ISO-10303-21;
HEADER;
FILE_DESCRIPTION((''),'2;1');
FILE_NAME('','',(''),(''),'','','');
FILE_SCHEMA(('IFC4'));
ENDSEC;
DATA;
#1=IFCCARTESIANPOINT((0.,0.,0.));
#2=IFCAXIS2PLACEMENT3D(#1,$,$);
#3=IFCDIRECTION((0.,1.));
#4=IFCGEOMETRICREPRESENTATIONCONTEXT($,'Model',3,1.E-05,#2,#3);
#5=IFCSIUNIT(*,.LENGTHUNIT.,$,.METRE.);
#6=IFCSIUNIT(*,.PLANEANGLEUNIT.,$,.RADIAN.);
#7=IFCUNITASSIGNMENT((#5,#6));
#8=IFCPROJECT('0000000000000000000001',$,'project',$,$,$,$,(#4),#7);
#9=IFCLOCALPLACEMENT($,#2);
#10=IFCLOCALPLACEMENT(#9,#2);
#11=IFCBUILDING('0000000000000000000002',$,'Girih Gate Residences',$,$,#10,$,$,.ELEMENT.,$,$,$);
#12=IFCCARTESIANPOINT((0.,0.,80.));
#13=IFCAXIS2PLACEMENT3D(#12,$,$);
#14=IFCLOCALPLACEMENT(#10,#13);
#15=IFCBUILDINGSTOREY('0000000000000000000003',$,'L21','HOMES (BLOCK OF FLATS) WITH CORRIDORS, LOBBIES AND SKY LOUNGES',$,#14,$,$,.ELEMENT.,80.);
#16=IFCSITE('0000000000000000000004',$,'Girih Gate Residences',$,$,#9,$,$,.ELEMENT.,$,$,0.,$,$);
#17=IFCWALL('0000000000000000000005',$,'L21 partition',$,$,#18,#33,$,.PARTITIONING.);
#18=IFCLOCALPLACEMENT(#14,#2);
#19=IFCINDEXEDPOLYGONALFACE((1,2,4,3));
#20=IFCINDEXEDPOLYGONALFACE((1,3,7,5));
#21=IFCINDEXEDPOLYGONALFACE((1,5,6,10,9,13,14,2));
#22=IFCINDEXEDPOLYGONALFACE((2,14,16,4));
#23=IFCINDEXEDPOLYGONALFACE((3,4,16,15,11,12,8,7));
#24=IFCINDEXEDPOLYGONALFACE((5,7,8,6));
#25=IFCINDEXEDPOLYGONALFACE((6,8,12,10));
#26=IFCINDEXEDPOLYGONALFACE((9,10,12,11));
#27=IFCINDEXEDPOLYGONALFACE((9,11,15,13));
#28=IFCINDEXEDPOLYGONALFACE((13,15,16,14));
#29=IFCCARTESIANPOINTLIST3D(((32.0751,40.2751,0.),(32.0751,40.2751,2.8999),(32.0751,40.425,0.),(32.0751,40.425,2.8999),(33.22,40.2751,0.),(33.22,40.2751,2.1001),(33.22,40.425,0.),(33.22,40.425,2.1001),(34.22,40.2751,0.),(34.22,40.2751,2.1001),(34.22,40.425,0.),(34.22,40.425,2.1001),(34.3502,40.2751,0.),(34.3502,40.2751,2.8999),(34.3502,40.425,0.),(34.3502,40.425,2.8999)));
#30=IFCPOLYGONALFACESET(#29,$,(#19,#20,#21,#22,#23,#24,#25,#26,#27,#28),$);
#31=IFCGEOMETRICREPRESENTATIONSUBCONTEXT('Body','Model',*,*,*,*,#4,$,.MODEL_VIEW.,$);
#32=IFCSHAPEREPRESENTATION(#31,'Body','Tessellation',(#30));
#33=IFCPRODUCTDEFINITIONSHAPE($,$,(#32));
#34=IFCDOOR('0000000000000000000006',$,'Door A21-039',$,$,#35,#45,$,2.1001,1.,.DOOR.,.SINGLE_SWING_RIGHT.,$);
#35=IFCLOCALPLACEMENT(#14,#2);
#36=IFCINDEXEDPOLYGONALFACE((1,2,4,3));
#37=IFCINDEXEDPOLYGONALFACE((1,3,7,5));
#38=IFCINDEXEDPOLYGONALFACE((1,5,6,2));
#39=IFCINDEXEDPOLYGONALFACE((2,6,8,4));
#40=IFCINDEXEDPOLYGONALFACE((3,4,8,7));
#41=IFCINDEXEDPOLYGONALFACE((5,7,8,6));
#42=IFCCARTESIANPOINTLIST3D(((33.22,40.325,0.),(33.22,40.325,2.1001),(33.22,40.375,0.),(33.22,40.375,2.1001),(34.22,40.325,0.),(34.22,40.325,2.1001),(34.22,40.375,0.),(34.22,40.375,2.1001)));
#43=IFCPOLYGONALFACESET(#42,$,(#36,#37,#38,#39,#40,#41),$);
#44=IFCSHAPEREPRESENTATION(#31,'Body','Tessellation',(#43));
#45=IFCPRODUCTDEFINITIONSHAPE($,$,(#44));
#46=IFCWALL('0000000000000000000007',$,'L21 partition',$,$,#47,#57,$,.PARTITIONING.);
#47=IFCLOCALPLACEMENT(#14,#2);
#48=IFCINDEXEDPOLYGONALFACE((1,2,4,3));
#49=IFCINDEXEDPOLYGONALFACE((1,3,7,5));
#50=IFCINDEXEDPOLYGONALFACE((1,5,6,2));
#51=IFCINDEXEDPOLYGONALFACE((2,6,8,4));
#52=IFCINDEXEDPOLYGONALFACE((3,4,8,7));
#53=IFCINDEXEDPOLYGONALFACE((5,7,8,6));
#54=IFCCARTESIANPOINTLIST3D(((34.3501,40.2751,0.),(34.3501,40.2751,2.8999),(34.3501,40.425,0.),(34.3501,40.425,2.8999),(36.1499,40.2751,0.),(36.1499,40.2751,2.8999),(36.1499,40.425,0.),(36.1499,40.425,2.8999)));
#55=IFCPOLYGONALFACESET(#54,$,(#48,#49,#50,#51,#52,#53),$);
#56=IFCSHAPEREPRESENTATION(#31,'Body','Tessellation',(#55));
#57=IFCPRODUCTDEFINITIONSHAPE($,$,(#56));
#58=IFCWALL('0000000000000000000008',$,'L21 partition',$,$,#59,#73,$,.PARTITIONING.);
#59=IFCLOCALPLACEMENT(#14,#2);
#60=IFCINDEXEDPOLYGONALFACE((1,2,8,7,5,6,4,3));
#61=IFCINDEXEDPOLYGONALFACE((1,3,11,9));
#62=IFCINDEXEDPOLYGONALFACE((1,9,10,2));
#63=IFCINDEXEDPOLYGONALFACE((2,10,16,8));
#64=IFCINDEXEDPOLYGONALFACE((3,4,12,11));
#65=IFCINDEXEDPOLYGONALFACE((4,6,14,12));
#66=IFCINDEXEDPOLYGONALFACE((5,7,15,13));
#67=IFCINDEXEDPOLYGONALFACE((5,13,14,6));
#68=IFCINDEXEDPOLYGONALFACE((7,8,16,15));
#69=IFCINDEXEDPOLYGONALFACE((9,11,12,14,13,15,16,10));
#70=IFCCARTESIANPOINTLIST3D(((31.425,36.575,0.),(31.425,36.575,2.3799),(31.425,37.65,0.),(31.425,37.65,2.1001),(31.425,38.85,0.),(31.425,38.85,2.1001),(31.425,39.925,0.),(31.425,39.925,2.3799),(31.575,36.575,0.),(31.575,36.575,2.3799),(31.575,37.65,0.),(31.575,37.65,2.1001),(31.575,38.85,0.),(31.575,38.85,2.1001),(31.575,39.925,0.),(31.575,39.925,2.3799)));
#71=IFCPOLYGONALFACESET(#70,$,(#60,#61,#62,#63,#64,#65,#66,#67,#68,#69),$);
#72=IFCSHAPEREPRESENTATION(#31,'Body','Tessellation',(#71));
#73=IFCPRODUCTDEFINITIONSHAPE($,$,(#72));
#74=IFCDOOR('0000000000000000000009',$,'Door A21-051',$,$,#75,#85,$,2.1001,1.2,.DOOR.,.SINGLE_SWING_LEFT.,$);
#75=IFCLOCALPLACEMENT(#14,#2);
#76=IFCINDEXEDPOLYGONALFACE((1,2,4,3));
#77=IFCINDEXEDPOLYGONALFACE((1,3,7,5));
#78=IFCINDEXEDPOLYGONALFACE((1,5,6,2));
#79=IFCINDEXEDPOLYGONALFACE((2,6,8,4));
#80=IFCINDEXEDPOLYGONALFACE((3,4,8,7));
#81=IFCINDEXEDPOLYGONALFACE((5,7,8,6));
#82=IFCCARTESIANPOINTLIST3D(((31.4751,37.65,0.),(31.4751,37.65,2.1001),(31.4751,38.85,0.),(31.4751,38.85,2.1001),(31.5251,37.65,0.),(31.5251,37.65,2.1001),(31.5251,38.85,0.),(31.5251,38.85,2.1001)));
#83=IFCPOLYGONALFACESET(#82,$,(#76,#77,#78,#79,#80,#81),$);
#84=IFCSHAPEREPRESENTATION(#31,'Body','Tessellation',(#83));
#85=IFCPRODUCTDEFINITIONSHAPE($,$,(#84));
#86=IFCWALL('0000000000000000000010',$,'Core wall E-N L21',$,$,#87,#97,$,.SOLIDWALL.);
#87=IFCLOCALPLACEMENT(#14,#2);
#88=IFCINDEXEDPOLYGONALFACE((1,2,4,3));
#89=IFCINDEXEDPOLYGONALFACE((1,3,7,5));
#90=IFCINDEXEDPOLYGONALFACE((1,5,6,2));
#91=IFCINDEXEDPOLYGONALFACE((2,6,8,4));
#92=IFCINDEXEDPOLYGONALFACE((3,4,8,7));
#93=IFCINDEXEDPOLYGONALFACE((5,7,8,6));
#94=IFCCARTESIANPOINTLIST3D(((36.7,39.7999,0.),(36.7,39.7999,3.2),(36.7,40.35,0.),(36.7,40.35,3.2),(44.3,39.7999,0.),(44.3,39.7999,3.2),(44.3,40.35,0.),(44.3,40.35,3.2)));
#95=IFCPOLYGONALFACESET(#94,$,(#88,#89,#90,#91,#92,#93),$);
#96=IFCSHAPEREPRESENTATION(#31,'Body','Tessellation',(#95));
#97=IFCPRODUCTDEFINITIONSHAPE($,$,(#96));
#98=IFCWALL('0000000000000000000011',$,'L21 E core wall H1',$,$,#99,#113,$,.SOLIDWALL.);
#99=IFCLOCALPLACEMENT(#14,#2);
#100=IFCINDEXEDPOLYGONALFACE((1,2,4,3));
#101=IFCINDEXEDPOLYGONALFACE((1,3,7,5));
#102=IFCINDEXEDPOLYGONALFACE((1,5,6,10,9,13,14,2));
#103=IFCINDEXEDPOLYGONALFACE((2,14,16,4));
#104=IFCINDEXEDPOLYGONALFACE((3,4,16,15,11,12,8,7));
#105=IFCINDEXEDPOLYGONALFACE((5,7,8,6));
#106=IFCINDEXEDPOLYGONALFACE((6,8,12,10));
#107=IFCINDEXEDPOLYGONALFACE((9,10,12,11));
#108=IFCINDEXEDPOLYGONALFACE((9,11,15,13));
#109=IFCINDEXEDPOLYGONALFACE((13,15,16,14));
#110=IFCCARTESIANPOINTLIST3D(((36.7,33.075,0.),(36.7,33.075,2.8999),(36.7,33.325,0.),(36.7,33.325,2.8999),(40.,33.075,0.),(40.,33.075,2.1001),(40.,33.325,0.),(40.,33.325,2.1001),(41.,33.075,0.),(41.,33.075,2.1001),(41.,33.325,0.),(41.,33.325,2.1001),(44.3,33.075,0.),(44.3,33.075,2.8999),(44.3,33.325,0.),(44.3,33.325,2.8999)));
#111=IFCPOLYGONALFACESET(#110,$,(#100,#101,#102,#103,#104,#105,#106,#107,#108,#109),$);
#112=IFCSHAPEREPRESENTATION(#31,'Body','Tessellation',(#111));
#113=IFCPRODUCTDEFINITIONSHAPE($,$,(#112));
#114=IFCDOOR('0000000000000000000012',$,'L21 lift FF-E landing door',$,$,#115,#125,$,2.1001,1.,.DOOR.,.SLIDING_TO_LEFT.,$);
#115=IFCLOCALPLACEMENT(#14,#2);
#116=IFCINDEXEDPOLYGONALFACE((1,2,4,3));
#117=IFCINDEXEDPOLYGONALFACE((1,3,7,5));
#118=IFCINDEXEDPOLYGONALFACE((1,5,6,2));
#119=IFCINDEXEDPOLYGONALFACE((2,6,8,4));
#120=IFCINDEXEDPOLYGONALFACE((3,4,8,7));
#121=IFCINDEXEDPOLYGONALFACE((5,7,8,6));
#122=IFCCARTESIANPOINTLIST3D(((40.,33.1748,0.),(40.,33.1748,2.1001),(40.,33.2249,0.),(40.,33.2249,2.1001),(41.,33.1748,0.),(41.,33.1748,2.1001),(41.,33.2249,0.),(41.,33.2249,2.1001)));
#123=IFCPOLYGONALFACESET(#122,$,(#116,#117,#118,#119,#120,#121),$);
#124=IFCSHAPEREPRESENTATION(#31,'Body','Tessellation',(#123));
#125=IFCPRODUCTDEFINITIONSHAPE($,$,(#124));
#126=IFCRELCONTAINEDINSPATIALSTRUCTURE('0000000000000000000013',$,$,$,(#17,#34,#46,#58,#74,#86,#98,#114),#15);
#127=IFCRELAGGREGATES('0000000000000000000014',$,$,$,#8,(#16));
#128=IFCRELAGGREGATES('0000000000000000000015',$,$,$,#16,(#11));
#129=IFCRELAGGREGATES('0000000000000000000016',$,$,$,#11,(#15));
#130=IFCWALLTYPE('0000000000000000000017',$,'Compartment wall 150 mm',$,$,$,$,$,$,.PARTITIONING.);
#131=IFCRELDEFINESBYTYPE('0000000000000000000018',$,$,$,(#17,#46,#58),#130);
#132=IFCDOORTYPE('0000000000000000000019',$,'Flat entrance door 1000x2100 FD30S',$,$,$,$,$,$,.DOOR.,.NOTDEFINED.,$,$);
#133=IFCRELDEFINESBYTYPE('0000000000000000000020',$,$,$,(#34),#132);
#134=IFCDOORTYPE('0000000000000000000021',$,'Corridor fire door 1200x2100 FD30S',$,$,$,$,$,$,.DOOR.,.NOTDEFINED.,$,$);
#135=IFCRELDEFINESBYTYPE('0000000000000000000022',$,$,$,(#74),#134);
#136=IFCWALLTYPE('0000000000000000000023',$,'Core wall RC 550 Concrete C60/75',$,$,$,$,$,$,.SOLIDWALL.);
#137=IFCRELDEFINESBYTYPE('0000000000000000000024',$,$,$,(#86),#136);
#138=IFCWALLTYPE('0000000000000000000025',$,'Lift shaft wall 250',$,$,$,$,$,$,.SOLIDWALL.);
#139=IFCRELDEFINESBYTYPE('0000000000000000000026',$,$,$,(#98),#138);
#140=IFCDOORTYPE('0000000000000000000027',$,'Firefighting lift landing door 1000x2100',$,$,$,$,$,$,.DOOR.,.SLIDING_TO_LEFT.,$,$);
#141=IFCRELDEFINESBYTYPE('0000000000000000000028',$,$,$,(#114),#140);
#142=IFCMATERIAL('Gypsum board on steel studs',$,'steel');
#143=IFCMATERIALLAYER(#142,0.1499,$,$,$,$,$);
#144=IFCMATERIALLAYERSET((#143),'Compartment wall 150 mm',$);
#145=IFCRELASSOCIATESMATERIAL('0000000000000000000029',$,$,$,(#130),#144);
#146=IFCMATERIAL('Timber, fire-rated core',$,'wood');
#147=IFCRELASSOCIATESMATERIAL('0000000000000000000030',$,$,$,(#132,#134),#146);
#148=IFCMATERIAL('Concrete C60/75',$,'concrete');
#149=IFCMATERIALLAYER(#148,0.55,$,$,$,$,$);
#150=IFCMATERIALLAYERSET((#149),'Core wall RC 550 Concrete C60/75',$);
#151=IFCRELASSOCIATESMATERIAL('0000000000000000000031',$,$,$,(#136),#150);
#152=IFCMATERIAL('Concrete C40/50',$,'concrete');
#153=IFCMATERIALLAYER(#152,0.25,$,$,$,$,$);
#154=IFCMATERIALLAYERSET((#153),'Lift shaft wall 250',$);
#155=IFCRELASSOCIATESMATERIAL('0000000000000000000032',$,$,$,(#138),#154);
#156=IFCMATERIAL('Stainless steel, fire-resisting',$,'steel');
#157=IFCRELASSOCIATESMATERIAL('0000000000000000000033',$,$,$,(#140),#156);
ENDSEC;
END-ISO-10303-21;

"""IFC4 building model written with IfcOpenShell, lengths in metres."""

from ifc_helpers import new_model, si_unit, direction, frame, frame_2d, origin, place, context, subcontext, project, spatial, rectangle, extrude, material, layer, layer_set, type_object, element, fill, save


model = new_model("IFC4")

# Units and contexts
model_context = context("Model", 3, precision=1e-05, world=origin(), true_north=direction((0.0, 1.0)))
body_context = subcontext(model_context, "Body", "Model", "MODEL_VIEW")
ifc_project = project(units=[si_unit("LENGTHUNIT", "METRE"), si_unit("PLANEANGLEUNIT", "RADIAN")], contexts=[model_context])

# Site, building, storey
site_placement = place(None, origin())
site = spatial("IfcSite", under=ifc_project, at=site_placement, Name="Girih Gate Residences", CompositionType="ELEMENT", RefElevation=0.0)
building_placement = place(site_placement, origin())
building = spatial("IfcBuilding", under=site, at=building_placement, Name="Girih Gate Residences", CompositionType="ELEMENT")
storey_placement = place(building_placement, frame((0.0, 0.0, 80.0)))
storey = spatial("IfcBuildingStorey", under=building, at=storey_placement, Name="L21", Description="HOMES (BLOCK OF FLATS) WITH CORRIDORS, LOBBIES AND SKY LOUNGES", CompositionType="ELEMENT", Elevation=80.0)

# Wall, opening, door
ifc_material_1 = material(Name="Gypsum board on steel studs", Category="steel")
ifc_layer_1 = layer(ifc_material_1, 0.1499)
ifc_layer_set_1 = layer_set([ifc_layer_1], Name="Compartment wall 150 mm")
wall_type_1 = type_object("IfcWallType", Name="Compartment wall 150 mm", PredefinedType="PARTITIONING", material=ifc_layer_set_1)
wall_1_placement = place(storey_placement, frame((32.075, 40.3501, 0.0), z_axis=(0.0, 0.0, 1.0), x_axis=(1.0, 0.0, 0.0)))
wall_1 = element("IfcWall", 1, at=wall_1_placement, inside=storey, type_object=wall_type_1, Name="L21 partition", PredefinedType="PARTITIONING", context=body_context, shape_type="SweptSolid", body=[
    extrude(rectangle(XDim=2.2751, YDim=0.1499, at=frame_2d((1.1377, 0.0))), origin(), (0.0, 0.0, 1.0), 2.8999),
])
opening_1_placement = place(wall_1_placement, frame((1.145, 0.0, 0.0)))
opening_1 = element("IfcOpeningElement", 2, at=opening_1_placement, cuts=wall_1, PredefinedType="OPENING", context=body_context, shape_type="SweptSolid", body=[
    extrude(rectangle(XDim=1.0, YDim=2.1001, at=frame_2d((0.5, 1.05))), frame((0.0, 0.085, 0.0), z_axis=(0.0, -1.0, 0.0), x_axis=(1.0, 0.0, 0.0)), (0.0, 0.0, 1.0), 0.1699),
])
ifc_material_2 = material(Name="Timber, fire-rated core", Category="wood")
door_type_1 = type_object("IfcDoorType", Name="Flat entrance door 1000x2100 FD30S", OperationType="NOTDEFINED", PredefinedType="DOOR", material=ifc_material_2)
door_1_placement = place(opening_1_placement, origin())
door_1 = element("IfcDoor", 3, at=door_1_placement, inside=storey, type_object=door_type_1, Name="Door A21-039", OperationType="SINGLE_SWING_RIGHT", OverallHeight=2.1001, OverallWidth=1.0, PredefinedType="DOOR", context=body_context, shape_type="SweptSolid", body=[
    extrude(rectangle(XDim=1.0, YDim=2.1001, at=frame_2d((0.5, 1.05))), frame((0.0, 0.0249, 0.0), z_axis=(0.0, -1.0, 0.0), x_axis=(1.0, 0.0, 0.0)), (0.0, 0.0, 1.0), 0.05),
])
fill(opening_1, door_1)

# Wall
wall_2_placement = place(storey_placement, frame((34.3501, 40.3501, 0.0), z_axis=(0.0, 0.0, 1.0), x_axis=(1.0, 0.0, 0.0)))
element("IfcWall", 4, at=wall_2_placement, inside=storey, type_object=wall_type_1, Name="L21 partition", PredefinedType="PARTITIONING", context=body_context, shape_type="SweptSolid", body=[
    extrude(rectangle(XDim=1.7998, YDim=0.1499, at=frame_2d((0.8999, 0.0))), origin(), (0.0, 0.0, 1.0), 2.8999),
])

# Wall, opening, door
wall_3_placement = place(storey_placement, frame((31.5, 36.575, 0.0), z_axis=(0.0, 0.0, 1.0), x_axis=(0.0, 1.0, 0.0)))
wall_3 = element("IfcWall", 5, at=wall_3_placement, inside=storey, type_object=wall_type_1, Name="L21 partition", PredefinedType="PARTITIONING", context=body_context, shape_type="SweptSolid", body=[
    extrude(rectangle(XDim=3.3501, YDim=0.1499, at=frame_2d((1.675, 0.0))), origin(), (0.0, 0.0, 1.0), 2.3799),
])
opening_2_placement = place(wall_3_placement, frame((1.075, 0.0, 0.0)))
opening_2 = element("IfcOpeningElement", 6, at=opening_2_placement, cuts=wall_3, PredefinedType="OPENING", context=body_context, shape_type="SweptSolid", body=[
    extrude(rectangle(XDim=1.2, YDim=2.1001, at=frame_2d((0.6001, 1.05))), frame((0.0, 0.085, 0.0), z_axis=(0.0, -1.0, 0.0), x_axis=(1.0, 0.0, 0.0)), (0.0, 0.0, 1.0), 0.1699),
])
door_type_2 = type_object("IfcDoorType", Name="Corridor fire door 1200x2100 FD30S", OperationType="NOTDEFINED", PredefinedType="DOOR", material=ifc_material_2)
door_2_placement = place(opening_2_placement, origin())
door_2 = element("IfcDoor", 7, at=door_2_placement, inside=storey, type_object=door_type_2, Name="Door A21-051", OperationType="SINGLE_SWING_LEFT", OverallHeight=2.1001, OverallWidth=1.2, PredefinedType="DOOR", context=body_context, shape_type="SweptSolid", body=[
    extrude(rectangle(XDim=1.2, YDim=2.1001, at=frame_2d((0.6001, 1.05))), frame((0.0, 0.0249, 0.0), z_axis=(0.0, -1.0, 0.0), x_axis=(1.0, 0.0, 0.0)), (0.0, 0.0, 1.0), 0.05),
])
fill(opening_2, door_2)

# Wall
ifc_material_3 = material(Name="Concrete C60/75", Category="concrete")
ifc_layer_2 = layer(ifc_material_3, 0.55)
ifc_layer_set_2 = layer_set([ifc_layer_2], Name="Core wall RC 550 Concrete C60/75")
wall_type_2 = type_object("IfcWallType", Name="Core wall RC 550 Concrete C60/75", PredefinedType="SOLIDWALL", material=ifc_layer_set_2)
wall_4_placement = place(storey_placement, frame((36.7, 40.075, 0.0), z_axis=(0.0, 0.0, 1.0), x_axis=(1.0, 0.0, 0.0)))
element("IfcWall", 8, at=wall_4_placement, inside=storey, type_object=wall_type_2, Name="Core wall E-N L21", PredefinedType="SOLIDWALL", context=body_context, shape_type="SweptSolid", body=[
    extrude(rectangle(XDim=7.6001, YDim=0.55, at=frame_2d((3.8, 0.0))), origin(), (0.0, 0.0, 1.0), 3.2),
])

# Wall, opening, door
ifc_material_4 = material(Name="Concrete C40/50", Category="concrete")
ifc_layer_3 = layer(ifc_material_4, 0.25)
ifc_layer_set_3 = layer_set([ifc_layer_3], Name="Lift shaft wall 250")
wall_type_3 = type_object("IfcWallType", Name="Lift shaft wall 250", PredefinedType="SOLIDWALL", material=ifc_layer_set_3)
wall_5_placement = place(storey_placement, frame((36.7, 33.2, 0.0), z_axis=(0.0, 0.0, 1.0), x_axis=(1.0, 0.0, 0.0)))
wall_5 = element("IfcWall", 9, at=wall_5_placement, inside=storey, type_object=wall_type_3, Name="L21 E core wall H1", PredefinedType="SOLIDWALL", context=body_context, shape_type="SweptSolid", body=[
    extrude(rectangle(XDim=7.6001, YDim=0.25, at=frame_2d((3.8, 0.0))), origin(), (0.0, 0.0, 1.0), 2.8999),
])
opening_3_placement = place(wall_5_placement, frame((3.3, 0.0, 0.0)))
opening_3 = element("IfcOpeningElement", 10, at=opening_3_placement, cuts=wall_5, PredefinedType="OPENING", context=body_context, shape_type="SweptSolid", body=[
    extrude(rectangle(XDim=1.0, YDim=2.1001, at=frame_2d((0.5, 1.05))), frame((0.0, 0.135, 0.0), z_axis=(0.0, -1.0, 0.0), x_axis=(1.0, 0.0, 0.0)), (0.0, 0.0, 1.0), 0.27),
])
ifc_material_5 = material(Name="Stainless steel, fire-resisting", Category="steel")
door_type_3 = type_object("IfcDoorType", Name="Firefighting lift landing door 1000x2100", OperationType="SLIDING_TO_LEFT", PredefinedType="DOOR", material=ifc_material_5)
door_3_placement = place(opening_3_placement, origin())
door_3 = element("IfcDoor", 11, at=door_3_placement, inside=storey, type_object=door_type_3, Name="L21 lift FF-E landing door", OperationType="SLIDING_TO_LEFT", OverallHeight=2.1001, OverallWidth=1.0, PredefinedType="DOOR", context=body_context, shape_type="SweptSolid", body=[
    extrude(rectangle(XDim=1.0, YDim=2.1001, at=frame_2d((0.5, 1.05))), frame((0.0, 0.0249, 0.0), z_axis=(0.0, -1.0, 0.0), x_axis=(1.0, 0.0, 0.0)), (0.0, 0.0, 1.0), 0.05),
])
fill(opening_3, door_3)

save(model, "model.ifc")
